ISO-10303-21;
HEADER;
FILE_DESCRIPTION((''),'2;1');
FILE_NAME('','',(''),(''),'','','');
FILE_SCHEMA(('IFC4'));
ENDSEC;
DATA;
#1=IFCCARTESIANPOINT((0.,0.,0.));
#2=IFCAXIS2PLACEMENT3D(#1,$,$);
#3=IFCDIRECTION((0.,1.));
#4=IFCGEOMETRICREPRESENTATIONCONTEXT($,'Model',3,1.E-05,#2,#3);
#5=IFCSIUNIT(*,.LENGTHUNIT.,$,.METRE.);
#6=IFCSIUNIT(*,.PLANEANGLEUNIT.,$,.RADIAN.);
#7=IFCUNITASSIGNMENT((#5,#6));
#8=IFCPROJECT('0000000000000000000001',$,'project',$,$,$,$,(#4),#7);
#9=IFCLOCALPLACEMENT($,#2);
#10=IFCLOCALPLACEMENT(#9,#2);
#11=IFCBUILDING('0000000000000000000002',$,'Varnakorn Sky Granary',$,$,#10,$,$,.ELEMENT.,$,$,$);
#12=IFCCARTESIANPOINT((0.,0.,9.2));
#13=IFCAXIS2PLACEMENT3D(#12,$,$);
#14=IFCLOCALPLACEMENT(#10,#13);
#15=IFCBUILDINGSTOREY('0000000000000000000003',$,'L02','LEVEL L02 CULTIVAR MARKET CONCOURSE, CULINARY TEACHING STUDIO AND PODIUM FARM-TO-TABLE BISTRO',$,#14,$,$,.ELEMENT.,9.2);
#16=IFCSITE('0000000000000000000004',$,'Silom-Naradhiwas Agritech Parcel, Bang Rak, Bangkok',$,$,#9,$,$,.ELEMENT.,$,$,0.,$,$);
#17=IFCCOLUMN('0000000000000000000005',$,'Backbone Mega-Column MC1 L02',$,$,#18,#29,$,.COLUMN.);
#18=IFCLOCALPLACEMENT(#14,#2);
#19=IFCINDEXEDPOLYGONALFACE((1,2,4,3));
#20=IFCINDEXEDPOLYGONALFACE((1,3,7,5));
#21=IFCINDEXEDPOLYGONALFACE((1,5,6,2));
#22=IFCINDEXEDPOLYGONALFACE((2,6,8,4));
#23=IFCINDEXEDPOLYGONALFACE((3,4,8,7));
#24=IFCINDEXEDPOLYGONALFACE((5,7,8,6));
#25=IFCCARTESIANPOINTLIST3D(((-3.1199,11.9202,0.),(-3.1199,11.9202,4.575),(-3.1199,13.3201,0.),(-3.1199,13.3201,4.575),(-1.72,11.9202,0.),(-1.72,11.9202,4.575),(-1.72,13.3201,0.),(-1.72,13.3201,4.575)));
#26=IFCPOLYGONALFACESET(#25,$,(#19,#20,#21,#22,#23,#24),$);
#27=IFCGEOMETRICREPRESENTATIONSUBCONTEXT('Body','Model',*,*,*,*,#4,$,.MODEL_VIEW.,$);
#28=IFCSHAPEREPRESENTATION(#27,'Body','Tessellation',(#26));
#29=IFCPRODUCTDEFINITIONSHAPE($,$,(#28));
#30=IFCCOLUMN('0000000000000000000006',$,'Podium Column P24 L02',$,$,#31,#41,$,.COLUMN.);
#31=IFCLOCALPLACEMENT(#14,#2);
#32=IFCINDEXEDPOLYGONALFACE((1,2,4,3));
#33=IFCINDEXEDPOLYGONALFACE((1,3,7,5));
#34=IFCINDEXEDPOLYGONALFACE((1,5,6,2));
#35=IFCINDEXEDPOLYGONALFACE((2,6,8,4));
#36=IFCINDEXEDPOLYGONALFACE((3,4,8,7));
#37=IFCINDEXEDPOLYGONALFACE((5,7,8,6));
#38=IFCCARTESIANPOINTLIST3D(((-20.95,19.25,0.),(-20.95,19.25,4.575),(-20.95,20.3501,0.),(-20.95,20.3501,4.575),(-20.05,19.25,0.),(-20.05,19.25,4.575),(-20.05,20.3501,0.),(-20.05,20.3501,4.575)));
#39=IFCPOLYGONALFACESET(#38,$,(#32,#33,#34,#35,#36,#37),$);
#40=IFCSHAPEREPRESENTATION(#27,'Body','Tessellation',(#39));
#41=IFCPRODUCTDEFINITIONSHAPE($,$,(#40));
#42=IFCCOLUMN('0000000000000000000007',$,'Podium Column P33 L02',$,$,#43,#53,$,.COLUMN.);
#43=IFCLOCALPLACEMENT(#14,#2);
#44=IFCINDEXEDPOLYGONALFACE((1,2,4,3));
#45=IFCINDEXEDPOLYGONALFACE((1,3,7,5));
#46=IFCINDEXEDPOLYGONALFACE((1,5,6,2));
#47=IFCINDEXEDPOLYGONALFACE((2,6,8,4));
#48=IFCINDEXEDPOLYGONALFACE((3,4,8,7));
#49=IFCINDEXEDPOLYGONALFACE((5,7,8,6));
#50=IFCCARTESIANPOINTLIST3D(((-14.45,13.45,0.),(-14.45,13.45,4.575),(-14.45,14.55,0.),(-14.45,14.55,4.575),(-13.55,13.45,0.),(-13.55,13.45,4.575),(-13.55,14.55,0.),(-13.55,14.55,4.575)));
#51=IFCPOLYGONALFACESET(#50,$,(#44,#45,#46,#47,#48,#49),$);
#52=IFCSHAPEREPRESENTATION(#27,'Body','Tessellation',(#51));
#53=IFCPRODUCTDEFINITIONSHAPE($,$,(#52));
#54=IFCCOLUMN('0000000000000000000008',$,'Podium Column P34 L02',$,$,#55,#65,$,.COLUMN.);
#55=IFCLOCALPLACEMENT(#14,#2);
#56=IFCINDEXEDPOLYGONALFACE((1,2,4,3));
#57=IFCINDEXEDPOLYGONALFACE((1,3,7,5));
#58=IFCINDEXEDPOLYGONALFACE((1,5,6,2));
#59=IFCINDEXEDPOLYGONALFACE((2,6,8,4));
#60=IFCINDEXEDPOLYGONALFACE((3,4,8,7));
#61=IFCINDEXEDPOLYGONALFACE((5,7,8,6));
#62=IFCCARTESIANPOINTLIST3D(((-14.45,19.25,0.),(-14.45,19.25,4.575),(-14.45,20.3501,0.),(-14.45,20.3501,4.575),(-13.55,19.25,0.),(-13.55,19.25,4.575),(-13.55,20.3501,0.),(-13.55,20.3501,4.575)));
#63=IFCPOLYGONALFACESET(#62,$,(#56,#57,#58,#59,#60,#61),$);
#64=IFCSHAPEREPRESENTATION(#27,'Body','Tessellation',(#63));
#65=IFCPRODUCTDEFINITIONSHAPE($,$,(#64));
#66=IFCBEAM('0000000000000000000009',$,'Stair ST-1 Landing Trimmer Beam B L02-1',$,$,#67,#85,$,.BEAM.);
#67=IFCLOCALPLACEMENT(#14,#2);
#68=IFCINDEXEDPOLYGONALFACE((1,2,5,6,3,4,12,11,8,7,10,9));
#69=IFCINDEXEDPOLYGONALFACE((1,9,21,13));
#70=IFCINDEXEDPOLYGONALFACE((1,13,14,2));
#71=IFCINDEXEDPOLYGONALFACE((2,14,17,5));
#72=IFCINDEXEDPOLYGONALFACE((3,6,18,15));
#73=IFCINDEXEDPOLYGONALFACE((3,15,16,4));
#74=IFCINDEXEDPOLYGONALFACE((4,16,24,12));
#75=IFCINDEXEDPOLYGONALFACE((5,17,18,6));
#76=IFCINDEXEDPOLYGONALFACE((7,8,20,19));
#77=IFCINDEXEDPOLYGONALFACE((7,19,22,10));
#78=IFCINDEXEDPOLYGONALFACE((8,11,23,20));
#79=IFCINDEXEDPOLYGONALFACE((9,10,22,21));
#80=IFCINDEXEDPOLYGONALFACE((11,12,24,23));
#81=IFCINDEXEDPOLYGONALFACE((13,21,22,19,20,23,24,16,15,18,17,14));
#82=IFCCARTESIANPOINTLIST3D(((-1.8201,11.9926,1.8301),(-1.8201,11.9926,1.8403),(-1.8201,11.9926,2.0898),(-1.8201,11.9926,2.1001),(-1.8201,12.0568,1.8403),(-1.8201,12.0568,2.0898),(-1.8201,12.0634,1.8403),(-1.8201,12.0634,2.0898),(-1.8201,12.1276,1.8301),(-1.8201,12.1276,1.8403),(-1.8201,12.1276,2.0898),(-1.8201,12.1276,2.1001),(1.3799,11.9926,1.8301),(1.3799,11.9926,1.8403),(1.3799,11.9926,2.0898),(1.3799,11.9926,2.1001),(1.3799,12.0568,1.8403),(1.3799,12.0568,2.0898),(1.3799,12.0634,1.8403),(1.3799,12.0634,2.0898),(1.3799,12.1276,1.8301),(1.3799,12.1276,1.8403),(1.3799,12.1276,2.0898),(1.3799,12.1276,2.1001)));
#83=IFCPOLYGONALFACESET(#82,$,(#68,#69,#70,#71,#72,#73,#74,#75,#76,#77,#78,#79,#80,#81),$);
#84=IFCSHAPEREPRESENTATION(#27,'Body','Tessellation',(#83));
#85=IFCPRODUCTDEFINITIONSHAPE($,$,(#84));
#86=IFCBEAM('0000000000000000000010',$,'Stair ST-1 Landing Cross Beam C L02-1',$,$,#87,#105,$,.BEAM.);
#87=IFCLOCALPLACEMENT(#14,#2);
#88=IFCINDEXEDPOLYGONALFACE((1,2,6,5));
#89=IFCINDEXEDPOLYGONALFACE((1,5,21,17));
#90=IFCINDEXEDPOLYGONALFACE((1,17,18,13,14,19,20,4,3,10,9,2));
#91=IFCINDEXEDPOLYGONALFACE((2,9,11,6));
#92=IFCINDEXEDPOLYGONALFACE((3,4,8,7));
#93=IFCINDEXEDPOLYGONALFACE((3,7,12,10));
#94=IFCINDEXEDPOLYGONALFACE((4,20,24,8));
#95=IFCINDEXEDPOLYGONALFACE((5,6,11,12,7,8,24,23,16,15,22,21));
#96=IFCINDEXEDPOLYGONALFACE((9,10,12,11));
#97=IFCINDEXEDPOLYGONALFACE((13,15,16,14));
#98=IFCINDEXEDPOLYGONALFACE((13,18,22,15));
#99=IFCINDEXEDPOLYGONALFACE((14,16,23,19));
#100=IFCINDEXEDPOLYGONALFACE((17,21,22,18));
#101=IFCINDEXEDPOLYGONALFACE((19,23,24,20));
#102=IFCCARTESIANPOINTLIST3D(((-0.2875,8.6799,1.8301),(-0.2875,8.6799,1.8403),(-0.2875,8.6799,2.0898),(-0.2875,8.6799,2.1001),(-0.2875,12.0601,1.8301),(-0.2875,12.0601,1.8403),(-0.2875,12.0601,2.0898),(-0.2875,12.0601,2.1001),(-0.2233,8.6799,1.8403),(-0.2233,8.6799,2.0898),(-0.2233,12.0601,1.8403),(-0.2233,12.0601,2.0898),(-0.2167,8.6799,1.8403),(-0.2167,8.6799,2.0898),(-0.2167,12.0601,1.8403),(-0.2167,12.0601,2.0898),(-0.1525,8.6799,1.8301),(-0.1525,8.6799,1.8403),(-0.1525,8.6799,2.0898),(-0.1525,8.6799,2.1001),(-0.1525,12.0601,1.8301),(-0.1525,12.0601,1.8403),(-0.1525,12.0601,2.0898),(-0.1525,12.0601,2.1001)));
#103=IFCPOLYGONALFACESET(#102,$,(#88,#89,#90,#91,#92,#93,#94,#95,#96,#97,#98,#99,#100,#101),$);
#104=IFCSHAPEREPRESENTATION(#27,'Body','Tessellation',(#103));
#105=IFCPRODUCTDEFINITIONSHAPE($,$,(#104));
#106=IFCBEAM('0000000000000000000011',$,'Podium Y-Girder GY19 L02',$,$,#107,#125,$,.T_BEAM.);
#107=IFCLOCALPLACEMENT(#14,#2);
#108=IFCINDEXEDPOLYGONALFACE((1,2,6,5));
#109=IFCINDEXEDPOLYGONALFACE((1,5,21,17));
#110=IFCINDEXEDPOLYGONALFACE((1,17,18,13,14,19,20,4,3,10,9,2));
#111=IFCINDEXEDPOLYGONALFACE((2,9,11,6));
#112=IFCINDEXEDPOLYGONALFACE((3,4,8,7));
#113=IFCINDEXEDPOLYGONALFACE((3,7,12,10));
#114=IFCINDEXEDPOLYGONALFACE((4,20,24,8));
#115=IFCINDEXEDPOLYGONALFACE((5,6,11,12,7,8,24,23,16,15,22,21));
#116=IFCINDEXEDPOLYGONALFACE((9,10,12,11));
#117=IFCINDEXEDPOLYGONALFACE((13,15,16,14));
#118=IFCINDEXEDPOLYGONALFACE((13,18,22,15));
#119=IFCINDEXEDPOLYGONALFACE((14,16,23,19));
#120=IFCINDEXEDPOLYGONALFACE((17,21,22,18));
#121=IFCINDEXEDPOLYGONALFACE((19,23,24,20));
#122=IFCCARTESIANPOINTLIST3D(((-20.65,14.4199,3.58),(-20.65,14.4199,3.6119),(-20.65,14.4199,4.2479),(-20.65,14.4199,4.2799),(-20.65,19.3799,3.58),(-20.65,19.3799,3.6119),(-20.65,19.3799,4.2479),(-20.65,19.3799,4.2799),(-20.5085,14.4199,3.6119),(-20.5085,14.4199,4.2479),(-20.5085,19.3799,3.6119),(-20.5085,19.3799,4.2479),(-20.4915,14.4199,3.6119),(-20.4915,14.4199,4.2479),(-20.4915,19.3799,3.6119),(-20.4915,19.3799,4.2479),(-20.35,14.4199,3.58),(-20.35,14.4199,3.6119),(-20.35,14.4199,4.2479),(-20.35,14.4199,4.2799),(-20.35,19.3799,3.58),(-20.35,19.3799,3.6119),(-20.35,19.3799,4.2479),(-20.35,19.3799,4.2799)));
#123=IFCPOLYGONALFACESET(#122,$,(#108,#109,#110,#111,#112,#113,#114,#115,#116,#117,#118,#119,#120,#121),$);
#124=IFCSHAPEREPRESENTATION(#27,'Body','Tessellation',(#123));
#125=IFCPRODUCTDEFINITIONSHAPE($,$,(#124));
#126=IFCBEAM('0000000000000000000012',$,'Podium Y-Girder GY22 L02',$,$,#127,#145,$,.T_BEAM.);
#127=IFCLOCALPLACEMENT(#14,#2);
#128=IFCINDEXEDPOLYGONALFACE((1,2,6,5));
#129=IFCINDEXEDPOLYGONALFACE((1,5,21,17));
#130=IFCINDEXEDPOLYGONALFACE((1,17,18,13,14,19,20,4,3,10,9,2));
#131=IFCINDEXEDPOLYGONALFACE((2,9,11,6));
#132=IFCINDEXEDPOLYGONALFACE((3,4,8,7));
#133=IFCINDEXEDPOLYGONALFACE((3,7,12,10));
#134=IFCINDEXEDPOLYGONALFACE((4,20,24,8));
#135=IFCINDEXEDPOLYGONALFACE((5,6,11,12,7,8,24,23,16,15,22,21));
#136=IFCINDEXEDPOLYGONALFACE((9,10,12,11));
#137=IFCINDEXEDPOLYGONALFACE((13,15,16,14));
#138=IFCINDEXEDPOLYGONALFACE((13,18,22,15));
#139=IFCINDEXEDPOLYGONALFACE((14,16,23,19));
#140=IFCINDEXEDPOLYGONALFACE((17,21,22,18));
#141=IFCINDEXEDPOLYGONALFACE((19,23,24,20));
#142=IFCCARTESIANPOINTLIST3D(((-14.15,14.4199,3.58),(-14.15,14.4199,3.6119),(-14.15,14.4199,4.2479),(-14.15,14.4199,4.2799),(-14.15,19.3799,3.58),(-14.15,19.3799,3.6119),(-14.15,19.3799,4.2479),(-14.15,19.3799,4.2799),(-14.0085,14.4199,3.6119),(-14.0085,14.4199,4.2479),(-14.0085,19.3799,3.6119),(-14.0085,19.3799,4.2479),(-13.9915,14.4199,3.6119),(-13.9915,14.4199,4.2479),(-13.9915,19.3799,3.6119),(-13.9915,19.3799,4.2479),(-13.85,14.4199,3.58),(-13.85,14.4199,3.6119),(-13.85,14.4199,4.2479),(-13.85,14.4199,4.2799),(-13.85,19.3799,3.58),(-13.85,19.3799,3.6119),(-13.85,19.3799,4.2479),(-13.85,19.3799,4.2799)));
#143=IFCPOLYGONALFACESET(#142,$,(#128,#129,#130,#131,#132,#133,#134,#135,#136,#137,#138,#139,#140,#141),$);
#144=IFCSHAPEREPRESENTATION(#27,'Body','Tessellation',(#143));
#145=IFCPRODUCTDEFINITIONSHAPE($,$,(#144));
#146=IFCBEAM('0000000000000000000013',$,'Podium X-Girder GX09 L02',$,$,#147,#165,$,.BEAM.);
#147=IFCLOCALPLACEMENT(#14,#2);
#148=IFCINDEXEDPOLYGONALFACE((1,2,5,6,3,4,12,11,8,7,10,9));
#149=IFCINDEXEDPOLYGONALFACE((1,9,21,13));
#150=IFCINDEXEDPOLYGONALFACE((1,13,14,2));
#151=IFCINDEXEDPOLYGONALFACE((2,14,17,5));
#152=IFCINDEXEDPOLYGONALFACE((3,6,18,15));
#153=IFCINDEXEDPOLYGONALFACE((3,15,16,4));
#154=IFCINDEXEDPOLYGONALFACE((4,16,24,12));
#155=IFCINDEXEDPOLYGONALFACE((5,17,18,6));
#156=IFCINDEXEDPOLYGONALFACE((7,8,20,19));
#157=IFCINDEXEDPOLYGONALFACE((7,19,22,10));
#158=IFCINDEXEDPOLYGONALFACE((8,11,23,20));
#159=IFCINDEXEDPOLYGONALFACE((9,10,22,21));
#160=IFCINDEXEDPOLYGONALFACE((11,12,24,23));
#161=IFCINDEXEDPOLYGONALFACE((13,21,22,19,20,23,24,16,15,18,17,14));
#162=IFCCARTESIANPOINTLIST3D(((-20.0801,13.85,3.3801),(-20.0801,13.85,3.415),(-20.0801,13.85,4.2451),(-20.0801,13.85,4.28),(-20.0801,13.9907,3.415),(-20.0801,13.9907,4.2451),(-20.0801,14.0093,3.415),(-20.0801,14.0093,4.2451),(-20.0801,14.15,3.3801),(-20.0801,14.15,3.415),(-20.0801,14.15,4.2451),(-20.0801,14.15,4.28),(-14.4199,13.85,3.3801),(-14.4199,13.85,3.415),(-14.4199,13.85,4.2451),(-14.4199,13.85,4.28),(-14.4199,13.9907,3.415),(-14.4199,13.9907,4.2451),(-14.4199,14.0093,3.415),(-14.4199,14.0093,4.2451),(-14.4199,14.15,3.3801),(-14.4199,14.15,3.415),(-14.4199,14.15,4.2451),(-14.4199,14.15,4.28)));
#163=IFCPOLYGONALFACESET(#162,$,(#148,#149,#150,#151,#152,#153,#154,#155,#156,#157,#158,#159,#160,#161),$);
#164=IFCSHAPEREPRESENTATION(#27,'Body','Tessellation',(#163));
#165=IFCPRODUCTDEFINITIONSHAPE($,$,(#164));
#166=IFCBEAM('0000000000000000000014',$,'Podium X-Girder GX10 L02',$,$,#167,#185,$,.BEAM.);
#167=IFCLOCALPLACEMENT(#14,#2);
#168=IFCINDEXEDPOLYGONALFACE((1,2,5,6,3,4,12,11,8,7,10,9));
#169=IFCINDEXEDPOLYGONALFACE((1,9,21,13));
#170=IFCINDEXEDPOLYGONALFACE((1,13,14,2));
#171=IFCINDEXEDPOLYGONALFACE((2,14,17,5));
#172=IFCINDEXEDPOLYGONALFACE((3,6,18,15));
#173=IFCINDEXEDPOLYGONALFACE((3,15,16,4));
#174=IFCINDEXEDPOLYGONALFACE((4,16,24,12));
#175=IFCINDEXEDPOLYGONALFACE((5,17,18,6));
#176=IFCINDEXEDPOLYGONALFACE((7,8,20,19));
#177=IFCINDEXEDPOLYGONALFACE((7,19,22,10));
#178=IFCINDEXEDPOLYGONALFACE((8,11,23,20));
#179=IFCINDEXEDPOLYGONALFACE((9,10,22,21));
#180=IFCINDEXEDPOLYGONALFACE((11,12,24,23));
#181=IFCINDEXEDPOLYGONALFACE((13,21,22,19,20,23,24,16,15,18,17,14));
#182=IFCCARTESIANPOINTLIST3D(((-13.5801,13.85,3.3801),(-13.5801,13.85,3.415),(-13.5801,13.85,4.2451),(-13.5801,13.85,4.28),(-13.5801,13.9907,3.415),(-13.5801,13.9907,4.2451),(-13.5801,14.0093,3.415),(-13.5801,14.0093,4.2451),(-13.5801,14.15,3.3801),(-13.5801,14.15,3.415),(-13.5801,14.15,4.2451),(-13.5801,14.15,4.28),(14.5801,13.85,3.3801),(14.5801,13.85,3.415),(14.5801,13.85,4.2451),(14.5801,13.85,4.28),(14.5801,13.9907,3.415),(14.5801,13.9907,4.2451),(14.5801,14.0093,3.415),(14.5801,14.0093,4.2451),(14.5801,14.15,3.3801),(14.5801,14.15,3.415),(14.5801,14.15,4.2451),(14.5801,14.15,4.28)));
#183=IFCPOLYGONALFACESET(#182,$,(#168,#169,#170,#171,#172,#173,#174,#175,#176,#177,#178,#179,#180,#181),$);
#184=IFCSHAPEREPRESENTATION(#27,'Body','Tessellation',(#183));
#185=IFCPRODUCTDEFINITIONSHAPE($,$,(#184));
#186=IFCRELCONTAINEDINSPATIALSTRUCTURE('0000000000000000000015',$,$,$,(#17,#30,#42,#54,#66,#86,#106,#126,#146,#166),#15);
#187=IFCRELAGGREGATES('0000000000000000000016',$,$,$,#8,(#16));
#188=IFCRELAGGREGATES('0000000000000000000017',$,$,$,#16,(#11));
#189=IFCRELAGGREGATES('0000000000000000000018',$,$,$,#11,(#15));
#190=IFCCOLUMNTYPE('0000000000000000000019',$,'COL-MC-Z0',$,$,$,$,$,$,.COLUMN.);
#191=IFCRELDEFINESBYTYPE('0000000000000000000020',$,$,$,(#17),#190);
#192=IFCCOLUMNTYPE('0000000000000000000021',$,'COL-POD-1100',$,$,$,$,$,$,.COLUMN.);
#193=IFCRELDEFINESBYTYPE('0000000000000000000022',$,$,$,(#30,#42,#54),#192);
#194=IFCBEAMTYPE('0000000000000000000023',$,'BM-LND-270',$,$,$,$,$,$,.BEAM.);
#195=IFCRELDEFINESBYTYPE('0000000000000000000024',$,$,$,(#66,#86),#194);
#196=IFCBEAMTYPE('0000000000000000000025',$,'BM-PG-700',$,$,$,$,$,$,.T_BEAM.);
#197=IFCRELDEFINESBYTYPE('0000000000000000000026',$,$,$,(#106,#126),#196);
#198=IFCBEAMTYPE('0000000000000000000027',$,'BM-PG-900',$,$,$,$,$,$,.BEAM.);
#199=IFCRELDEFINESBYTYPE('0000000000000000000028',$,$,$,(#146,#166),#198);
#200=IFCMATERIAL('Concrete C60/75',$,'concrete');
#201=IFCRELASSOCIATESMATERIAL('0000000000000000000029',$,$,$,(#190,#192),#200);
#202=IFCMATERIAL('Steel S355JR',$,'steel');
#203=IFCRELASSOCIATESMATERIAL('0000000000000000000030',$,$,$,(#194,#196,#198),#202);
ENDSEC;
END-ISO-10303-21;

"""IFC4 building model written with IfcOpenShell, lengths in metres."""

from ifc_helpers import new_model, si_unit, direction, frame, origin, origin_2d, place, context, subcontext, project, spatial, rectangle, i_section, extrude, material, material_profile, profile_set, type_object, element, save


model = new_model("IFC4")

# Units and contexts
model_context = context("Model", 3, precision=1e-05, world=origin(), true_north=direction((0.0, 1.0)))
body_context = subcontext(model_context, "Body", "Model", "MODEL_VIEW")
ifc_project = project(units=[si_unit("LENGTHUNIT", "METRE"), si_unit("PLANEANGLEUNIT", "RADIAN")], contexts=[model_context])

# Site, building, storey
site_placement = place(None, origin())
site = spatial("IfcSite", under=ifc_project, at=site_placement, Name="Silom-Naradhiwas Agritech Parcel, Bang Rak, Bangkok", CompositionType="ELEMENT", RefElevation=0.0)
building_placement = place(site_placement, origin())
building = spatial("IfcBuilding", under=site, at=building_placement, Name="Varnakorn Sky Granary", CompositionType="ELEMENT")
storey_placement = place(building_placement, frame((0.0, 0.0, 9.2)))
storey = spatial("IfcBuildingStorey", under=building, at=storey_placement, Name="L02", Description="LEVEL L02 CULTIVAR MARKET CONCOURSE, CULINARY TEACHING STUDIO AND PODIUM FARM-TO-TABLE BISTRO", CompositionType="ELEMENT", Elevation=9.2)

# Columns
ifc_material_1 = material(Name="Concrete C60/75", Category="concrete")
ifc_material_profile_1 = material_profile(ifc_material_1, rectangle(XDim=1.3999, YDim=1.3999, at=origin_2d()), Name="RC 1400x1400")
ifc_profile_set_1 = profile_set([ifc_material_profile_1], Name="Concrete C60/75")
column_type_1 = type_object("IfcColumnType", Name="COL-MC-Z0", PredefinedType="COLUMN", material=ifc_profile_set_1)
column_placement = place(storey_placement, frame((-2.4199, 12.6201, 0.0), z_axis=(0.0, 0.0, 1.0), x_axis=(1.0, 0.0, 0.0)))
element("IfcColumn", 1, at=column_placement, inside=storey, type_object=column_type_1, Name="Backbone Mega-Column MC1 L02", PredefinedType="COLUMN", context=body_context, shape_type="SweptSolid", body=[
    extrude(rectangle(XDim=1.3999, YDim=1.3999, at=origin_2d()), origin(), (0.0, 0.0, 1.0), 4.575),
])
ifc_material_profile_2 = material_profile(ifc_material_1, rectangle(XDim=0.8999, YDim=1.1001, at=origin_2d()), Name="RC 900x1100")
ifc_profile_set_2 = profile_set([ifc_material_profile_2], Name="Concrete C60/75")
column_type_2 = type_object("IfcColumnType", Name="COL-POD-1100", PredefinedType="COLUMN", material=ifc_profile_set_2)
for number, where, z_axis, x_axis, name in (
    (2, (-20.5, 19.8, 0.0), (0.0, 0.0, 1.0), (1.0, 0.0, 0.0), "Podium Column P24 L02"),
    (3, (-14.0, 14.0, 0.0), (0.0, 0.0, 1.0), (1.0, 0.0, 0.0), "Podium Column P33 L02"),
    (4, (-14.0, 19.8, 0.0), (0.0, 0.0, 1.0), (1.0, 0.0, 0.0), "Podium Column P34 L02"),
):
    element("IfcColumn", number, at=place(storey_placement, frame(where, z_axis=z_axis, x_axis=x_axis)), inside=storey, type_object=column_type_2, Name=name, PredefinedType="COLUMN", context=body_context, shape_type="SweptSolid", body=[
        extrude(rectangle(XDim=0.8999, YDim=1.1001, at=origin_2d()), origin(), (0.0, 0.0, 1.0), 4.575),
    ])

# Beams
ifc_material_2 = material(Name="Steel S355JR", Category="steel")
ifc_material_profile_3 = material_profile(ifc_material_2, i_section(OverallWidth=0.135, OverallDepth=0.27, WebThickness=0.0066, FlangeThickness=0.0103, at=origin_2d()), Name="IPE 270")
ifc_profile_set_3 = profile_set([ifc_material_profile_3], Name="Steel S355JR")
beam_type_1 = type_object("IfcBeamType", Name="BM-LND-270", PredefinedType="BEAM", material=ifc_profile_set_3)
beam_1_placement = place(storey_placement, frame((-1.8201, 12.0601, 1.9651), z_axis=(1.0, 0.0, 0.0), x_axis=(0.0, 1.0, 0.0)))
element("IfcBeam", 5, at=beam_1_placement, inside=storey, type_object=beam_type_1, Name="Stair ST-1 Landing Trimmer Beam B L02-1", PredefinedType="BEAM", context=body_context, shape_type="SweptSolid", body=[
    extrude(i_section(OverallWidth=0.135, OverallDepth=0.27, WebThickness=0.0066, FlangeThickness=0.0103, at=origin_2d()), origin(), (0.0, 0.0, 1.0), 3.2),
])
beam_2_placement = place(storey_placement, frame((-0.22, 8.6799, 1.9651), z_axis=(0.0, 1.0, 0.0), x_axis=(-1.0, 0.0, 0.0)))
element("IfcBeam", 6, at=beam_2_placement, inside=storey, type_object=beam_type_1, Name="Stair ST-1 Landing Cross Beam C L02-1", PredefinedType="BEAM", context=body_context, shape_type="SweptSolid", body=[
    extrude(i_section(OverallWidth=0.135, OverallDepth=0.27, WebThickness=0.0066, FlangeThickness=0.0103, at=origin_2d()), origin(), (0.0, 0.0, 1.0), 3.3801),
])
ifc_material_profile_4 = material_profile(ifc_material_2, i_section(OverallWidth=0.3, OverallDepth=0.7, WebThickness=0.0171, FlangeThickness=0.032, at=origin_2d()), Name="HE 700 B")
ifc_profile_set_4 = profile_set([ifc_material_profile_4], Name="Steel S355JR")
beam_type_2 = type_object("IfcBeamType", Name="BM-PG-700", PredefinedType="T_BEAM", material=ifc_profile_set_4)
for number, where, z_axis, x_axis, name in (
    (7, (-20.5, 14.4199, 3.9299), (0.0, 1.0, 0.0), (-1.0, 0.0, 0.0), "Podium Y-Girder GY19 L02"),
    (8, (-14.0, 14.4199, 3.9299), (0.0, 1.0, 0.0), (-1.0, 0.0, 0.0), "Podium Y-Girder GY22 L02"),
):
    element("IfcBeam", number, at=place(storey_placement, frame(where, z_axis=z_axis, x_axis=x_axis)), inside=storey, type_object=beam_type_2, Name=name, PredefinedType="T_BEAM", context=body_context, shape_type="SweptSolid", body=[
        extrude(i_section(OverallWidth=0.3, OverallDepth=0.7, WebThickness=0.0171, FlangeThickness=0.032, at=origin_2d()), origin(), (0.0, 0.0, 1.0), 4.96),
    ])
ifc_material_profile_5 = material_profile(ifc_material_2, i_section(OverallWidth=0.3, OverallDepth=0.8999, WebThickness=0.0186, FlangeThickness=0.0349, at=origin_2d()), Name="HE 900 B")
ifc_profile_set_5 = profile_set([ifc_material_profile_5], Name="Steel S355JR")
beam_type_3 = type_object("IfcBeamType", Name="BM-PG-900", PredefinedType="BEAM", material=ifc_profile_set_5)
beam_3_placement = place(storey_placement, frame((-20.0801, 14.0, 3.8301), z_axis=(1.0, 0.0, 0.0), x_axis=(0.0, 1.0, 0.0)))
element("IfcBeam", 9, at=beam_3_placement, inside=storey, type_object=beam_type_3, Name="Podium X-Girder GX09 L02", PredefinedType="BEAM", context=body_context, shape_type="SweptSolid", body=[
    extrude(i_section(OverallWidth=0.3, OverallDepth=0.8999, WebThickness=0.0186, FlangeThickness=0.0349, at=origin_2d()), origin(), (0.0, 0.0, 1.0), 5.6602),
])
beam_4_placement = place(storey_placement, frame((-13.5801, 14.0, 3.8301), z_axis=(1.0, 0.0, 0.0), x_axis=(0.0, 1.0, 0.0)))
element("IfcBeam", 10, at=beam_4_placement, inside=storey, type_object=beam_type_3, Name="Podium X-Girder GX10 L02", PredefinedType="BEAM", context=body_context, shape_type="SweptSolid", body=[
    extrude(i_section(OverallWidth=0.3, OverallDepth=0.8999, WebThickness=0.0186, FlangeThickness=0.0349, at=origin_2d()), origin(), (0.0, 0.0, 1.0), 28.1602),
])

save(model, "model.ifc")
